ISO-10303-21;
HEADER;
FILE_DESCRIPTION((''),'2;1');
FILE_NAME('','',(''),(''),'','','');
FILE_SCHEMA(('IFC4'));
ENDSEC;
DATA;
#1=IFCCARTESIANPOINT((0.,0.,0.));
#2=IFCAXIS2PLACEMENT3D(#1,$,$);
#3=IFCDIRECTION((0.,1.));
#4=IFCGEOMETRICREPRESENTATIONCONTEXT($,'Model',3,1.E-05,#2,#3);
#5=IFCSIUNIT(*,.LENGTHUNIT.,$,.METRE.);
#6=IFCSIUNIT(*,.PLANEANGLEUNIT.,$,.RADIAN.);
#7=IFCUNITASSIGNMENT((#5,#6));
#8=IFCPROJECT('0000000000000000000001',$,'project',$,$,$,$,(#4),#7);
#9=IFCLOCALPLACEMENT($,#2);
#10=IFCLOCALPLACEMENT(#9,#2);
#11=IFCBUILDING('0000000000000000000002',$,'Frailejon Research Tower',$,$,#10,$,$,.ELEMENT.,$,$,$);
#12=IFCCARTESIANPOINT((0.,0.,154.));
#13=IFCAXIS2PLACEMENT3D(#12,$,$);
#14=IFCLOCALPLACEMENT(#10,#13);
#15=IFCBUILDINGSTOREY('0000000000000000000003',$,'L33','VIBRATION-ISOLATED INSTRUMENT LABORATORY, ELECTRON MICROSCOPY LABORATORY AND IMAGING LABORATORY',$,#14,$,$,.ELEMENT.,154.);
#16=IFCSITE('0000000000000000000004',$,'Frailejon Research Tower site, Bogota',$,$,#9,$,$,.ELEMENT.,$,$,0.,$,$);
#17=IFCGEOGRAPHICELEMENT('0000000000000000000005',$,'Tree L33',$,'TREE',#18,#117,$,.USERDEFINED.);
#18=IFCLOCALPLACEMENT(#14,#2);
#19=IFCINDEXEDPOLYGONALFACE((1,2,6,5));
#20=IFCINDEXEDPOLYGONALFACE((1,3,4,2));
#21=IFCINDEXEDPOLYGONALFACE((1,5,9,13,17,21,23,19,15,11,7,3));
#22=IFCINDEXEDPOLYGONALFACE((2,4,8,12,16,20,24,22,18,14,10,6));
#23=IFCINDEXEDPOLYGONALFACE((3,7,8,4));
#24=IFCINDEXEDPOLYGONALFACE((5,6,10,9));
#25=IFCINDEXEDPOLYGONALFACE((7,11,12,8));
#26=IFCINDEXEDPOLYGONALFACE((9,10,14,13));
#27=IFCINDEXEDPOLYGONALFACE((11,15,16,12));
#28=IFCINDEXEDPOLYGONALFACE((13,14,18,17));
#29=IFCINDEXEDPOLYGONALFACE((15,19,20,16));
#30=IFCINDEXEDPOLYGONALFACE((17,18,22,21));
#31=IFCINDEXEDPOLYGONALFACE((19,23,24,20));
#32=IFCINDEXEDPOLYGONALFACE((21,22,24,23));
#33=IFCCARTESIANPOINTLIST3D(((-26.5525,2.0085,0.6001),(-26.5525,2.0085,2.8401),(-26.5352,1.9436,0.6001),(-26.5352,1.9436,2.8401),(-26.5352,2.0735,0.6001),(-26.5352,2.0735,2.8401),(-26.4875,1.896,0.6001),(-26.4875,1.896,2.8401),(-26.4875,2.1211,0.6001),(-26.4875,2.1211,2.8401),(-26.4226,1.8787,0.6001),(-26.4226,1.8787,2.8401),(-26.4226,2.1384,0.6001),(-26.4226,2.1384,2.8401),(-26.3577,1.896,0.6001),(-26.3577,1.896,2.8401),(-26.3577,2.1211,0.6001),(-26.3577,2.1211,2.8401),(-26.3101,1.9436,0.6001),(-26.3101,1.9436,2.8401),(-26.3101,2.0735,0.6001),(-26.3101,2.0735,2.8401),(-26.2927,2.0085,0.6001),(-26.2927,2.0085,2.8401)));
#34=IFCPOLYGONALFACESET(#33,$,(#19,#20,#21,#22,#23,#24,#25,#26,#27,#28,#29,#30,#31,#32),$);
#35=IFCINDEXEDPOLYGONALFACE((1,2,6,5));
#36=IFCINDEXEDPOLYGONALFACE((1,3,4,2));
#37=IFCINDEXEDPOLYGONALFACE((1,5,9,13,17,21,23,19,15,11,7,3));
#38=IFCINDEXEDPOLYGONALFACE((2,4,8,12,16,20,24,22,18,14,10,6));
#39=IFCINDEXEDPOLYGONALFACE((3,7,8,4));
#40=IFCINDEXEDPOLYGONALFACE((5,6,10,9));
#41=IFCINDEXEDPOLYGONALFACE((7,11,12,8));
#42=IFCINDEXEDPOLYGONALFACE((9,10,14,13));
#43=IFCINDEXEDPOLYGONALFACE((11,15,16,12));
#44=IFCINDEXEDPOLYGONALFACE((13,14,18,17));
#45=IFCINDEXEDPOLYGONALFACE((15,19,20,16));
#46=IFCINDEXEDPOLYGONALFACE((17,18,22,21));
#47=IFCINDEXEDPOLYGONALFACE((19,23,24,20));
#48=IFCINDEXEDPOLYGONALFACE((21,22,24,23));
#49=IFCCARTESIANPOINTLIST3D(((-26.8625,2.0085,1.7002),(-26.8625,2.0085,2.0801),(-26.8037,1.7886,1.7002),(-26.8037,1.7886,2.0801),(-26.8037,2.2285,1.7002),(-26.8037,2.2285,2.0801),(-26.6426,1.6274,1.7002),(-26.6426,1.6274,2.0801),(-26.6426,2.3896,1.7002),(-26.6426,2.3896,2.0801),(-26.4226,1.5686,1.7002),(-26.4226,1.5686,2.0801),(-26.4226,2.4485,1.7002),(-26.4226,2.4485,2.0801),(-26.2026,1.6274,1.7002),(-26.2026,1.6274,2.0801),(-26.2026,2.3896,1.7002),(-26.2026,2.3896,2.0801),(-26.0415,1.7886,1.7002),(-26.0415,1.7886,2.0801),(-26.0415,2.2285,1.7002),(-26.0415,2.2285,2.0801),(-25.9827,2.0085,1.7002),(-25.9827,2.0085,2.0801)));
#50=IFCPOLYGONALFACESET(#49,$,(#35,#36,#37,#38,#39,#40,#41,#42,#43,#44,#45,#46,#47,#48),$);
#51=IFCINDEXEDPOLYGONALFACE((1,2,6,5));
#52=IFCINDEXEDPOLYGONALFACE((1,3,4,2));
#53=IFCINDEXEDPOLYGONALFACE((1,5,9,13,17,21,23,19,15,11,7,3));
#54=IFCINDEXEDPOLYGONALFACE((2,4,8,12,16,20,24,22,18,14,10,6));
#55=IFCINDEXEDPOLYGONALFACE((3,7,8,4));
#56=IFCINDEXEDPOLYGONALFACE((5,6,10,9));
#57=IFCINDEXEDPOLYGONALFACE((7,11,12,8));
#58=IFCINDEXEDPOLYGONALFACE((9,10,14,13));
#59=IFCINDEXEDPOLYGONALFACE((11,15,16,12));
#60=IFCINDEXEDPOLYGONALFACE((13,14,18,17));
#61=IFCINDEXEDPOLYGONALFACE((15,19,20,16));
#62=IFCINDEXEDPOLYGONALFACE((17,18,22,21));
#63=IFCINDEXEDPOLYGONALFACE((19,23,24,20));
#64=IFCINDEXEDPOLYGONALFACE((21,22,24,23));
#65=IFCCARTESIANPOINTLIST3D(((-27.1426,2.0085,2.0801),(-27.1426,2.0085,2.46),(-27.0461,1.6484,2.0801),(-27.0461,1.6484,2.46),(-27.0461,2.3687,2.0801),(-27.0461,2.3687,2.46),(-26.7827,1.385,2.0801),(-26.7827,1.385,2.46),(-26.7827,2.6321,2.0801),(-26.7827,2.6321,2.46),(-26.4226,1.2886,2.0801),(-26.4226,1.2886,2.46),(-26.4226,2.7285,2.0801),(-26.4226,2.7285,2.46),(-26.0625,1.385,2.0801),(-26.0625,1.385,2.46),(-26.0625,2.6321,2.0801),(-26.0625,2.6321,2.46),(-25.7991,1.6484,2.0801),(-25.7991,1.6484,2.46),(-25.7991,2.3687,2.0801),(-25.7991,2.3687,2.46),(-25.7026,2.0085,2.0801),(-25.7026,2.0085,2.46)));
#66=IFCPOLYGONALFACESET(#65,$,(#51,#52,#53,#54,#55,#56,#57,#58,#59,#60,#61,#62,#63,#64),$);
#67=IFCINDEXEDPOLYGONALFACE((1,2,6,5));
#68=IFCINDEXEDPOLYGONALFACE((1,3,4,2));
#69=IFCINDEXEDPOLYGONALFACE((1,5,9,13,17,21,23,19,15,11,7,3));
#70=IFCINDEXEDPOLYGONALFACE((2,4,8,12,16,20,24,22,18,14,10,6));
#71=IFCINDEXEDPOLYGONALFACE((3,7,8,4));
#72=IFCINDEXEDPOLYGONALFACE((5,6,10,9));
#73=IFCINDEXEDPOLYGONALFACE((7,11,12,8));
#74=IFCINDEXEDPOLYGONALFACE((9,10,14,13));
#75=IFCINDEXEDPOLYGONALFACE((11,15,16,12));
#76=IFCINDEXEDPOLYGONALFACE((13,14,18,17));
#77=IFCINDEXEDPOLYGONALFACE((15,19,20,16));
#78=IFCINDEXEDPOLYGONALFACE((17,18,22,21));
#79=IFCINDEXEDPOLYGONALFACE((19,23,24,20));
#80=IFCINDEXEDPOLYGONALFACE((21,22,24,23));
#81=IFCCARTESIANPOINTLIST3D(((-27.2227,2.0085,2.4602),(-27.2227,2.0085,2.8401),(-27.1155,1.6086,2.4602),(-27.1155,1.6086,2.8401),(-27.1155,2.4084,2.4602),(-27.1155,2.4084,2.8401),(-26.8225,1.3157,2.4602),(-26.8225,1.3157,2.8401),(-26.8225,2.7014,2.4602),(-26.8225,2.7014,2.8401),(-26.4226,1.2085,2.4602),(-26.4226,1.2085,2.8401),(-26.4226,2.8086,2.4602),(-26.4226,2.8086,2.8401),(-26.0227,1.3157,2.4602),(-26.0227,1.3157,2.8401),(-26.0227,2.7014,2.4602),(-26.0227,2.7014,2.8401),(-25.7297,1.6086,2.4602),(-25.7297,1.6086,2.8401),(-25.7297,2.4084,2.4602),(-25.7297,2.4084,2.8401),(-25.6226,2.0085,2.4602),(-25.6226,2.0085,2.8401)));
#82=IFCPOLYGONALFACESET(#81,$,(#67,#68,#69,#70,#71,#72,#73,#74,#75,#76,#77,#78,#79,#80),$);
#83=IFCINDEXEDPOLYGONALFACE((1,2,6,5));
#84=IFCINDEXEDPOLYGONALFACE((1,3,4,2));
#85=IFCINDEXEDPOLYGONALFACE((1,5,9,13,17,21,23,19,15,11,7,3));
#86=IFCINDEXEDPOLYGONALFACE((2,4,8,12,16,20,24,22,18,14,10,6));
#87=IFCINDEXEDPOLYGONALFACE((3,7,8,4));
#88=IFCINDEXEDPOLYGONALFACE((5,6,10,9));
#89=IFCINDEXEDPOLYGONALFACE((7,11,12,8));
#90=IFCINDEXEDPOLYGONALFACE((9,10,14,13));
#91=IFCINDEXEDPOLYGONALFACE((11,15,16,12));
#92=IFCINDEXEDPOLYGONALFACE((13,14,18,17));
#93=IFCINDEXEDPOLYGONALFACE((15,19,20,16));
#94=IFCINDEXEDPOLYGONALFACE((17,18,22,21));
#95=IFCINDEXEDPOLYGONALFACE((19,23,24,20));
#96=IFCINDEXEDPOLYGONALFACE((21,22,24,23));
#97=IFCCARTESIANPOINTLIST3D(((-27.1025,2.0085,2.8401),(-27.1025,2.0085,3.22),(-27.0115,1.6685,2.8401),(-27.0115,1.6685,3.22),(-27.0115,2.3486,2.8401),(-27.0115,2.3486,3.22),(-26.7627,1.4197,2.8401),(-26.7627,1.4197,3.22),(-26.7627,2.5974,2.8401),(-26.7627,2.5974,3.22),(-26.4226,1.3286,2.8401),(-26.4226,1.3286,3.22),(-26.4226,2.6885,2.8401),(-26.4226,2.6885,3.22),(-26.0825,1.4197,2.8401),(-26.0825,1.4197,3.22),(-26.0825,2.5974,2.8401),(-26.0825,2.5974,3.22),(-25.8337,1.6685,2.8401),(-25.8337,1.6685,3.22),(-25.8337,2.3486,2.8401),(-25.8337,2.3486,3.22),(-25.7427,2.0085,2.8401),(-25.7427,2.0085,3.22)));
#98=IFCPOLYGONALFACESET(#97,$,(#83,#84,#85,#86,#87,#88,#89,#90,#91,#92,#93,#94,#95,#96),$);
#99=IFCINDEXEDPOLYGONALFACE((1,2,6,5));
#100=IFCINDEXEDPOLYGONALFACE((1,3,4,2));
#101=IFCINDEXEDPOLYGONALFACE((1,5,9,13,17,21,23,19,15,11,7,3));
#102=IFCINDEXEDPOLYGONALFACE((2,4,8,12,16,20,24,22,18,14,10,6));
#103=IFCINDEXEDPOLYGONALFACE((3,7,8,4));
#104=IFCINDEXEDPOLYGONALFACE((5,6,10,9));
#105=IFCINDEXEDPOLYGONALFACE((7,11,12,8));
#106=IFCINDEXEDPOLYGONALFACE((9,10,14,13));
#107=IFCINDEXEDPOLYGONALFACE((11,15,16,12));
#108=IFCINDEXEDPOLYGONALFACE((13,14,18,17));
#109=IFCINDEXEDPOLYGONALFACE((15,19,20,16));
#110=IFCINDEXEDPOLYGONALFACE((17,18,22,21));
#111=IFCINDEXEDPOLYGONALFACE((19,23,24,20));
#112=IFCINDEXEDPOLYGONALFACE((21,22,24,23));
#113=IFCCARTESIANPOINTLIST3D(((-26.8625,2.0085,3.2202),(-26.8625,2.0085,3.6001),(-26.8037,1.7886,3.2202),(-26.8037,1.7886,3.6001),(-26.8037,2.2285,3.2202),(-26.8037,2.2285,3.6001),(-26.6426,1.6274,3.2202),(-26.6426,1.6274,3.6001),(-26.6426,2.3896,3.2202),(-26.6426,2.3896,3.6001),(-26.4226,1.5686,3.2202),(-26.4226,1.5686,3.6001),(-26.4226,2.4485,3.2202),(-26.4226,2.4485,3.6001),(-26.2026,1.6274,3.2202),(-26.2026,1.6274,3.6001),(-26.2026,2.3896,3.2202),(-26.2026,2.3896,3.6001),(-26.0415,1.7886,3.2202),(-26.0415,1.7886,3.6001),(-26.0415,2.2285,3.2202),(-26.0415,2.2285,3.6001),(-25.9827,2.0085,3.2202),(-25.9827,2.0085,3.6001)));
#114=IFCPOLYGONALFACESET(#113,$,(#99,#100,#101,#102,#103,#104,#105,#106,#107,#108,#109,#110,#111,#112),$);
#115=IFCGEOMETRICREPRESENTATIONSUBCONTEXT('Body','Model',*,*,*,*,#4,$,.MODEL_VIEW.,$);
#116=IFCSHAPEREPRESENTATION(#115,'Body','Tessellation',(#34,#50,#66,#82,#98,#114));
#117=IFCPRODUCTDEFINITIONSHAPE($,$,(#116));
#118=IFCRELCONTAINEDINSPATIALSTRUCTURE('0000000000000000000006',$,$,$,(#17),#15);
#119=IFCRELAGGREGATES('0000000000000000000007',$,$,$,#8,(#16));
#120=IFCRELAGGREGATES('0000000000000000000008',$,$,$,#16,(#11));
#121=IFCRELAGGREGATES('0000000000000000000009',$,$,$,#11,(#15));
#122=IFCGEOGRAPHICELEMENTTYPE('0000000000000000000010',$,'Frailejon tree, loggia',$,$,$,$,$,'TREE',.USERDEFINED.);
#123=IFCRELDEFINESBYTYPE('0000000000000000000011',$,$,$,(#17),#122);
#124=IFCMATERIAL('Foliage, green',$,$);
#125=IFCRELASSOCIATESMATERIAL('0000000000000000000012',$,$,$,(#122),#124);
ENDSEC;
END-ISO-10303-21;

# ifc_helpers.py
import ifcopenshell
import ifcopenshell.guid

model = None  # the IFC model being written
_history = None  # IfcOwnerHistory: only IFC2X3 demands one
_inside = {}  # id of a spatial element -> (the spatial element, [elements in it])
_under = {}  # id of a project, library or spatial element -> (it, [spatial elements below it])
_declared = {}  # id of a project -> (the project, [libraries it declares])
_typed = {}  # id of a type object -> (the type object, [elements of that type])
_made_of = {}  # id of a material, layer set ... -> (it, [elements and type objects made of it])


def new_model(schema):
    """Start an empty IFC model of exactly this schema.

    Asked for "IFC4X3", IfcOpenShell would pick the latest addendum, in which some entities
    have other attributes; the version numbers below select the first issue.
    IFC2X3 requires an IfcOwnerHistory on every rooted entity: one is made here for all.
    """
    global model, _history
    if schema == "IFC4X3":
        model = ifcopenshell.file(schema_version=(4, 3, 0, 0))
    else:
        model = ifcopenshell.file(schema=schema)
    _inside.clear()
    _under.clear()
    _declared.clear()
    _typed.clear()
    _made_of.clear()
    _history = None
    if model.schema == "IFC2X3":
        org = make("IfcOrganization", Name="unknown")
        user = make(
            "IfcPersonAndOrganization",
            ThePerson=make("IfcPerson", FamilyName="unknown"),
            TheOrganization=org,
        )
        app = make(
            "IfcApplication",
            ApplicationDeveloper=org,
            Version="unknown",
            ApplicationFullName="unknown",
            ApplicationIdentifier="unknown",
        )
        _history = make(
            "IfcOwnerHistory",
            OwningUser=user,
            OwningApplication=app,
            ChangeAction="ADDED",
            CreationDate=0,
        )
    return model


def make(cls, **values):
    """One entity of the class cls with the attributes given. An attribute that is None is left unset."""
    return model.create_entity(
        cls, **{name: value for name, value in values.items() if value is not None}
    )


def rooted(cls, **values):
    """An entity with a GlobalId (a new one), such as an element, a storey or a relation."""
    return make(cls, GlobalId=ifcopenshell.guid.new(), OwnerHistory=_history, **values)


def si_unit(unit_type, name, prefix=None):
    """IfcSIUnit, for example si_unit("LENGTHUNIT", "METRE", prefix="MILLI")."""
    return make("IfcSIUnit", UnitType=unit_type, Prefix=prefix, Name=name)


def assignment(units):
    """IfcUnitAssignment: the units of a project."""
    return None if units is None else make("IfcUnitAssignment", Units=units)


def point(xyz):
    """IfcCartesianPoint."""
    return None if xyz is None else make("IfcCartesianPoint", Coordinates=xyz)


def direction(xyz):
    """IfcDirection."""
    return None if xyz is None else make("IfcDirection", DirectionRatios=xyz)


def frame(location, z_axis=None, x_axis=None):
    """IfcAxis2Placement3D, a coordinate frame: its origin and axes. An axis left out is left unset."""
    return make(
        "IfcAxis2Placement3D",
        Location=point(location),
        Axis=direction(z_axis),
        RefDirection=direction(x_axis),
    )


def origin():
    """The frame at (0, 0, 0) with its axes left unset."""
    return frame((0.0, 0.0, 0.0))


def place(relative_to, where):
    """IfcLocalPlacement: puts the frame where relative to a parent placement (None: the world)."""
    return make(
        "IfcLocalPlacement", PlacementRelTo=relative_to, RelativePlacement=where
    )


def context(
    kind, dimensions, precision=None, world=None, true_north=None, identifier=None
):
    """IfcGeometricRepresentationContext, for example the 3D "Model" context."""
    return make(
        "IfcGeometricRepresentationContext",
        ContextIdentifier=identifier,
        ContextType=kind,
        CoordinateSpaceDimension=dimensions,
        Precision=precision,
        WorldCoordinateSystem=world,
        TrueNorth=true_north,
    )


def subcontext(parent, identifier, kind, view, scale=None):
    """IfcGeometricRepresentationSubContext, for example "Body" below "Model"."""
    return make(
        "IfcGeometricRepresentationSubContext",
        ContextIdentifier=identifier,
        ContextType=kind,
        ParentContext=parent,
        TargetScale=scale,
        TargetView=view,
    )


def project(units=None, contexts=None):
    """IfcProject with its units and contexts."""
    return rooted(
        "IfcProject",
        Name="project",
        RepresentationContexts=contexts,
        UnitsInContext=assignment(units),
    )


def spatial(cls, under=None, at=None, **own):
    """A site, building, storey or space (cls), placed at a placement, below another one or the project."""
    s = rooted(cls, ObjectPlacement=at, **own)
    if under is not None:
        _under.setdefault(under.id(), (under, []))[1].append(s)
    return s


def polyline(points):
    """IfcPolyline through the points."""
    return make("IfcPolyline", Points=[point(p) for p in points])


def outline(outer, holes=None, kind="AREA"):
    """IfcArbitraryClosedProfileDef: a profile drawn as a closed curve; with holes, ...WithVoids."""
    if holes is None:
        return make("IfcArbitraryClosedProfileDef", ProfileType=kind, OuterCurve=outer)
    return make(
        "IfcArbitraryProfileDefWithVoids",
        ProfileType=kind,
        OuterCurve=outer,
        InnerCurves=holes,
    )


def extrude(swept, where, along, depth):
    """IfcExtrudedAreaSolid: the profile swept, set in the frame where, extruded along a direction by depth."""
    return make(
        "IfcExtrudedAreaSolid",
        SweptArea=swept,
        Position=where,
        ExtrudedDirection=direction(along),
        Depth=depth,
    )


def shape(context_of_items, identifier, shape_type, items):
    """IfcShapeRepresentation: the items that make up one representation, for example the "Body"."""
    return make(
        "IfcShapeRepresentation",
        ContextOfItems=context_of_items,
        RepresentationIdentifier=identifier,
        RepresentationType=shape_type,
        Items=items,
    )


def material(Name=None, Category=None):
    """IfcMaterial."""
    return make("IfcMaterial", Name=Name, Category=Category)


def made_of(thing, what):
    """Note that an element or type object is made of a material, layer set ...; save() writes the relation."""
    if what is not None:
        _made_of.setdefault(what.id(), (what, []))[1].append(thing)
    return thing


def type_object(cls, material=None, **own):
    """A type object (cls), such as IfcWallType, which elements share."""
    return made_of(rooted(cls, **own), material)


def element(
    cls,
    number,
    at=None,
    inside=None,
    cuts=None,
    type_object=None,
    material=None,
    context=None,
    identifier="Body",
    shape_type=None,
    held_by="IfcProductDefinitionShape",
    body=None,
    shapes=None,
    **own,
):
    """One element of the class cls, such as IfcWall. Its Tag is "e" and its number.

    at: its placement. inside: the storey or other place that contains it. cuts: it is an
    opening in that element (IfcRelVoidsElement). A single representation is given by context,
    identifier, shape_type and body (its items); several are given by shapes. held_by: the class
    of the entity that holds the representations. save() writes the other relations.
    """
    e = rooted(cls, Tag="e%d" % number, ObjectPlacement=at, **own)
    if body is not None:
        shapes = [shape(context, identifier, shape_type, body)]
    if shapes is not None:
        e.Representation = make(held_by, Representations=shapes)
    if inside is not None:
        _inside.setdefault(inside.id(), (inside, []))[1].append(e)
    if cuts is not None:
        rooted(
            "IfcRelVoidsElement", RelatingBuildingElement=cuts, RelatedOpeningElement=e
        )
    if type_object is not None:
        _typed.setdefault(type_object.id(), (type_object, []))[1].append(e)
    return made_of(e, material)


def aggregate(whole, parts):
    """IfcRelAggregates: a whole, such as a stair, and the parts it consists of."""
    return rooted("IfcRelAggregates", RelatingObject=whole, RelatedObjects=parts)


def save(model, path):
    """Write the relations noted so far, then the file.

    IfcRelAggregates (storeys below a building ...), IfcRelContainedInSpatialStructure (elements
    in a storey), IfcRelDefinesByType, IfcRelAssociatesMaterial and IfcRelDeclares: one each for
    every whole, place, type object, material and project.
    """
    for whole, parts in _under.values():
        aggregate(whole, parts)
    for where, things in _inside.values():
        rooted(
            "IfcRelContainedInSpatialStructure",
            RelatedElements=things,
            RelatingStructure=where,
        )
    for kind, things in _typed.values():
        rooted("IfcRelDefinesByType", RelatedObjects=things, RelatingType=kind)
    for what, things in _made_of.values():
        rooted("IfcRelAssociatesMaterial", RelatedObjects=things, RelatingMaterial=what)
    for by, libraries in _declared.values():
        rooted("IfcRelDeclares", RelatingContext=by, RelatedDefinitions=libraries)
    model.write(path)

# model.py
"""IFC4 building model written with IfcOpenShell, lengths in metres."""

from ifc_helpers import new_model, si_unit, direction, frame, origin, place, context, subcontext, project, spatial, polyline, outline, extrude, material, type_object, element, save


model = new_model("IFC4")

# Units and contexts
model_context = context("Model", 3, precision=1e-05, world=origin(), true_north=direction((0.0, 1.0)))
body_context = subcontext(model_context, "Body", "Model", "MODEL_VIEW")
ifc_project = project(units=[si_unit("LENGTHUNIT", "METRE"), si_unit("PLANEANGLEUNIT", "RADIAN")], contexts=[model_context])

# Site, building, storey
site_placement = place(None, origin())
site = spatial("IfcSite", under=ifc_project, at=site_placement, Name="Frailejon Research Tower site, Bogota", CompositionType="ELEMENT", RefElevation=0.0)
building_placement = place(site_placement, origin())
building = spatial("IfcBuilding", under=site, at=building_placement, Name="Frailejon Research Tower", CompositionType="ELEMENT")
storey_placement = place(building_placement, frame((0.0, 0.0, 154.0)))
storey = spatial("IfcBuildingStorey", under=building, at=storey_placement, Name="L33", Description="VIBRATION-ISOLATED INSTRUMENT LABORATORY, ELECTRON MICROSCOPY LABORATORY AND IMAGING LABORATORY", CompositionType="ELEMENT", Elevation=154.0)

# Geographic element
ifc_material_1 = material(Name="Foliage, green")
geographic_element_type = type_object("IfcGeographicElementType", Name="Frailejon tree, loggia", ElementType="TREE", PredefinedType="USERDEFINED", material=ifc_material_1)
geographic_element_placement = place(storey_placement, frame((-26.4226, 2.0085, 0.6001)))
element("IfcGeographicElement", 1, at=geographic_element_placement, inside=storey, type_object=geographic_element_type, Name="Tree L33", ObjectType="TREE", PredefinedType="USERDEFINED", context=body_context, shape_type="SweptSolid", body=[
    extrude(outline(polyline([(0.1299, 0.0), (0.1125, 0.0649), (0.0649, 0.1125), (0.0, 0.1299), (-0.0649, 0.1125), (-0.1125, 0.0649), (-0.1299, 0.0), (-0.1125, -0.0649), (-0.0649, -0.1125), (0.0, -0.1299), (0.0649, -0.1125), (0.1125, -0.0649), (0.1299, 0.0)])), origin(), (0.0, 0.0, 1.0), 2.24),
    extrude(outline(polyline([(0.4399, 0.0), (0.3811, 0.22), (0.22, 0.3811), (0.0, 0.4399), (-0.22, 0.3811), (-0.3811, 0.22), (-0.4399, 0.0), (-0.3811, -0.22), (-0.22, -0.3811), (0.0, -0.4399), (0.22, -0.3811), (0.3811, -0.22), (0.4399, 0.0)])), frame((0.0, 0.0, 1.1001)), (0.0, 0.0, 1.0), 0.3799),
    extrude(outline(polyline([(0.72, 0.0), (0.6235, 0.3601), (0.3601, 0.6235), (0.0, 0.72), (-0.3601, 0.6235), (-0.6235, 0.3601), (-0.72, 0.0), (-0.6235, -0.3601), (-0.3601, -0.6235), (0.0, -0.72), (0.3601, -0.6235), (0.6235, -0.3601), (0.72, 0.0)])), frame((0.0, 0.0, 1.48)), (0.0, 0.0, 1.0), 0.3799),
    extrude(outline(polyline([(0.8, 0.0), (0.6929, 0.3999), (0.3999, 0.6929), (0.0, 0.8), (-0.3999, 0.6929), (-0.6929, 0.3999), (-0.8, 0.0), (-0.6929, -0.3999), (-0.3999, -0.6929), (0.0, -0.8), (0.3999, -0.6929), (0.6929, -0.3999), (0.8, 0.0)])), frame((0.0, 0.0, 1.8601)), (0.0, 0.0, 1.0), 0.3799),
    extrude(outline(polyline([(0.6799, 0.0), (0.5889, 0.3401), (0.3401, 0.5889), (0.0, 0.6799), (-0.3401, 0.5889), (-0.5889, 0.3401), (-0.6799, 0.0), (-0.5889, -0.3401), (-0.3401, -0.5889), (0.0, -0.6799), (0.3401, -0.5889), (0.5889, -0.3401), (0.6799, 0.0)])), frame((0.0, 0.0, 2.24)), (0.0, 0.0, 1.0), 0.3799),
    extrude(outline(polyline([(0.4399, 0.0), (0.3811, 0.22), (0.22, 0.3811), (0.0, 0.4399), (-0.22, 0.3811), (-0.3811, 0.22), (-0.4399, 0.0), (-0.3811, -0.22), (-0.22, -0.3811), (0.0, -0.4399), (0.22, -0.3811), (0.3811, -0.22), (0.4399, 0.0)])), frame((0.0, 0.0, 2.6201)), (0.0, 0.0, 1.0), 0.3799),
])

save(model, "model.ifc")
